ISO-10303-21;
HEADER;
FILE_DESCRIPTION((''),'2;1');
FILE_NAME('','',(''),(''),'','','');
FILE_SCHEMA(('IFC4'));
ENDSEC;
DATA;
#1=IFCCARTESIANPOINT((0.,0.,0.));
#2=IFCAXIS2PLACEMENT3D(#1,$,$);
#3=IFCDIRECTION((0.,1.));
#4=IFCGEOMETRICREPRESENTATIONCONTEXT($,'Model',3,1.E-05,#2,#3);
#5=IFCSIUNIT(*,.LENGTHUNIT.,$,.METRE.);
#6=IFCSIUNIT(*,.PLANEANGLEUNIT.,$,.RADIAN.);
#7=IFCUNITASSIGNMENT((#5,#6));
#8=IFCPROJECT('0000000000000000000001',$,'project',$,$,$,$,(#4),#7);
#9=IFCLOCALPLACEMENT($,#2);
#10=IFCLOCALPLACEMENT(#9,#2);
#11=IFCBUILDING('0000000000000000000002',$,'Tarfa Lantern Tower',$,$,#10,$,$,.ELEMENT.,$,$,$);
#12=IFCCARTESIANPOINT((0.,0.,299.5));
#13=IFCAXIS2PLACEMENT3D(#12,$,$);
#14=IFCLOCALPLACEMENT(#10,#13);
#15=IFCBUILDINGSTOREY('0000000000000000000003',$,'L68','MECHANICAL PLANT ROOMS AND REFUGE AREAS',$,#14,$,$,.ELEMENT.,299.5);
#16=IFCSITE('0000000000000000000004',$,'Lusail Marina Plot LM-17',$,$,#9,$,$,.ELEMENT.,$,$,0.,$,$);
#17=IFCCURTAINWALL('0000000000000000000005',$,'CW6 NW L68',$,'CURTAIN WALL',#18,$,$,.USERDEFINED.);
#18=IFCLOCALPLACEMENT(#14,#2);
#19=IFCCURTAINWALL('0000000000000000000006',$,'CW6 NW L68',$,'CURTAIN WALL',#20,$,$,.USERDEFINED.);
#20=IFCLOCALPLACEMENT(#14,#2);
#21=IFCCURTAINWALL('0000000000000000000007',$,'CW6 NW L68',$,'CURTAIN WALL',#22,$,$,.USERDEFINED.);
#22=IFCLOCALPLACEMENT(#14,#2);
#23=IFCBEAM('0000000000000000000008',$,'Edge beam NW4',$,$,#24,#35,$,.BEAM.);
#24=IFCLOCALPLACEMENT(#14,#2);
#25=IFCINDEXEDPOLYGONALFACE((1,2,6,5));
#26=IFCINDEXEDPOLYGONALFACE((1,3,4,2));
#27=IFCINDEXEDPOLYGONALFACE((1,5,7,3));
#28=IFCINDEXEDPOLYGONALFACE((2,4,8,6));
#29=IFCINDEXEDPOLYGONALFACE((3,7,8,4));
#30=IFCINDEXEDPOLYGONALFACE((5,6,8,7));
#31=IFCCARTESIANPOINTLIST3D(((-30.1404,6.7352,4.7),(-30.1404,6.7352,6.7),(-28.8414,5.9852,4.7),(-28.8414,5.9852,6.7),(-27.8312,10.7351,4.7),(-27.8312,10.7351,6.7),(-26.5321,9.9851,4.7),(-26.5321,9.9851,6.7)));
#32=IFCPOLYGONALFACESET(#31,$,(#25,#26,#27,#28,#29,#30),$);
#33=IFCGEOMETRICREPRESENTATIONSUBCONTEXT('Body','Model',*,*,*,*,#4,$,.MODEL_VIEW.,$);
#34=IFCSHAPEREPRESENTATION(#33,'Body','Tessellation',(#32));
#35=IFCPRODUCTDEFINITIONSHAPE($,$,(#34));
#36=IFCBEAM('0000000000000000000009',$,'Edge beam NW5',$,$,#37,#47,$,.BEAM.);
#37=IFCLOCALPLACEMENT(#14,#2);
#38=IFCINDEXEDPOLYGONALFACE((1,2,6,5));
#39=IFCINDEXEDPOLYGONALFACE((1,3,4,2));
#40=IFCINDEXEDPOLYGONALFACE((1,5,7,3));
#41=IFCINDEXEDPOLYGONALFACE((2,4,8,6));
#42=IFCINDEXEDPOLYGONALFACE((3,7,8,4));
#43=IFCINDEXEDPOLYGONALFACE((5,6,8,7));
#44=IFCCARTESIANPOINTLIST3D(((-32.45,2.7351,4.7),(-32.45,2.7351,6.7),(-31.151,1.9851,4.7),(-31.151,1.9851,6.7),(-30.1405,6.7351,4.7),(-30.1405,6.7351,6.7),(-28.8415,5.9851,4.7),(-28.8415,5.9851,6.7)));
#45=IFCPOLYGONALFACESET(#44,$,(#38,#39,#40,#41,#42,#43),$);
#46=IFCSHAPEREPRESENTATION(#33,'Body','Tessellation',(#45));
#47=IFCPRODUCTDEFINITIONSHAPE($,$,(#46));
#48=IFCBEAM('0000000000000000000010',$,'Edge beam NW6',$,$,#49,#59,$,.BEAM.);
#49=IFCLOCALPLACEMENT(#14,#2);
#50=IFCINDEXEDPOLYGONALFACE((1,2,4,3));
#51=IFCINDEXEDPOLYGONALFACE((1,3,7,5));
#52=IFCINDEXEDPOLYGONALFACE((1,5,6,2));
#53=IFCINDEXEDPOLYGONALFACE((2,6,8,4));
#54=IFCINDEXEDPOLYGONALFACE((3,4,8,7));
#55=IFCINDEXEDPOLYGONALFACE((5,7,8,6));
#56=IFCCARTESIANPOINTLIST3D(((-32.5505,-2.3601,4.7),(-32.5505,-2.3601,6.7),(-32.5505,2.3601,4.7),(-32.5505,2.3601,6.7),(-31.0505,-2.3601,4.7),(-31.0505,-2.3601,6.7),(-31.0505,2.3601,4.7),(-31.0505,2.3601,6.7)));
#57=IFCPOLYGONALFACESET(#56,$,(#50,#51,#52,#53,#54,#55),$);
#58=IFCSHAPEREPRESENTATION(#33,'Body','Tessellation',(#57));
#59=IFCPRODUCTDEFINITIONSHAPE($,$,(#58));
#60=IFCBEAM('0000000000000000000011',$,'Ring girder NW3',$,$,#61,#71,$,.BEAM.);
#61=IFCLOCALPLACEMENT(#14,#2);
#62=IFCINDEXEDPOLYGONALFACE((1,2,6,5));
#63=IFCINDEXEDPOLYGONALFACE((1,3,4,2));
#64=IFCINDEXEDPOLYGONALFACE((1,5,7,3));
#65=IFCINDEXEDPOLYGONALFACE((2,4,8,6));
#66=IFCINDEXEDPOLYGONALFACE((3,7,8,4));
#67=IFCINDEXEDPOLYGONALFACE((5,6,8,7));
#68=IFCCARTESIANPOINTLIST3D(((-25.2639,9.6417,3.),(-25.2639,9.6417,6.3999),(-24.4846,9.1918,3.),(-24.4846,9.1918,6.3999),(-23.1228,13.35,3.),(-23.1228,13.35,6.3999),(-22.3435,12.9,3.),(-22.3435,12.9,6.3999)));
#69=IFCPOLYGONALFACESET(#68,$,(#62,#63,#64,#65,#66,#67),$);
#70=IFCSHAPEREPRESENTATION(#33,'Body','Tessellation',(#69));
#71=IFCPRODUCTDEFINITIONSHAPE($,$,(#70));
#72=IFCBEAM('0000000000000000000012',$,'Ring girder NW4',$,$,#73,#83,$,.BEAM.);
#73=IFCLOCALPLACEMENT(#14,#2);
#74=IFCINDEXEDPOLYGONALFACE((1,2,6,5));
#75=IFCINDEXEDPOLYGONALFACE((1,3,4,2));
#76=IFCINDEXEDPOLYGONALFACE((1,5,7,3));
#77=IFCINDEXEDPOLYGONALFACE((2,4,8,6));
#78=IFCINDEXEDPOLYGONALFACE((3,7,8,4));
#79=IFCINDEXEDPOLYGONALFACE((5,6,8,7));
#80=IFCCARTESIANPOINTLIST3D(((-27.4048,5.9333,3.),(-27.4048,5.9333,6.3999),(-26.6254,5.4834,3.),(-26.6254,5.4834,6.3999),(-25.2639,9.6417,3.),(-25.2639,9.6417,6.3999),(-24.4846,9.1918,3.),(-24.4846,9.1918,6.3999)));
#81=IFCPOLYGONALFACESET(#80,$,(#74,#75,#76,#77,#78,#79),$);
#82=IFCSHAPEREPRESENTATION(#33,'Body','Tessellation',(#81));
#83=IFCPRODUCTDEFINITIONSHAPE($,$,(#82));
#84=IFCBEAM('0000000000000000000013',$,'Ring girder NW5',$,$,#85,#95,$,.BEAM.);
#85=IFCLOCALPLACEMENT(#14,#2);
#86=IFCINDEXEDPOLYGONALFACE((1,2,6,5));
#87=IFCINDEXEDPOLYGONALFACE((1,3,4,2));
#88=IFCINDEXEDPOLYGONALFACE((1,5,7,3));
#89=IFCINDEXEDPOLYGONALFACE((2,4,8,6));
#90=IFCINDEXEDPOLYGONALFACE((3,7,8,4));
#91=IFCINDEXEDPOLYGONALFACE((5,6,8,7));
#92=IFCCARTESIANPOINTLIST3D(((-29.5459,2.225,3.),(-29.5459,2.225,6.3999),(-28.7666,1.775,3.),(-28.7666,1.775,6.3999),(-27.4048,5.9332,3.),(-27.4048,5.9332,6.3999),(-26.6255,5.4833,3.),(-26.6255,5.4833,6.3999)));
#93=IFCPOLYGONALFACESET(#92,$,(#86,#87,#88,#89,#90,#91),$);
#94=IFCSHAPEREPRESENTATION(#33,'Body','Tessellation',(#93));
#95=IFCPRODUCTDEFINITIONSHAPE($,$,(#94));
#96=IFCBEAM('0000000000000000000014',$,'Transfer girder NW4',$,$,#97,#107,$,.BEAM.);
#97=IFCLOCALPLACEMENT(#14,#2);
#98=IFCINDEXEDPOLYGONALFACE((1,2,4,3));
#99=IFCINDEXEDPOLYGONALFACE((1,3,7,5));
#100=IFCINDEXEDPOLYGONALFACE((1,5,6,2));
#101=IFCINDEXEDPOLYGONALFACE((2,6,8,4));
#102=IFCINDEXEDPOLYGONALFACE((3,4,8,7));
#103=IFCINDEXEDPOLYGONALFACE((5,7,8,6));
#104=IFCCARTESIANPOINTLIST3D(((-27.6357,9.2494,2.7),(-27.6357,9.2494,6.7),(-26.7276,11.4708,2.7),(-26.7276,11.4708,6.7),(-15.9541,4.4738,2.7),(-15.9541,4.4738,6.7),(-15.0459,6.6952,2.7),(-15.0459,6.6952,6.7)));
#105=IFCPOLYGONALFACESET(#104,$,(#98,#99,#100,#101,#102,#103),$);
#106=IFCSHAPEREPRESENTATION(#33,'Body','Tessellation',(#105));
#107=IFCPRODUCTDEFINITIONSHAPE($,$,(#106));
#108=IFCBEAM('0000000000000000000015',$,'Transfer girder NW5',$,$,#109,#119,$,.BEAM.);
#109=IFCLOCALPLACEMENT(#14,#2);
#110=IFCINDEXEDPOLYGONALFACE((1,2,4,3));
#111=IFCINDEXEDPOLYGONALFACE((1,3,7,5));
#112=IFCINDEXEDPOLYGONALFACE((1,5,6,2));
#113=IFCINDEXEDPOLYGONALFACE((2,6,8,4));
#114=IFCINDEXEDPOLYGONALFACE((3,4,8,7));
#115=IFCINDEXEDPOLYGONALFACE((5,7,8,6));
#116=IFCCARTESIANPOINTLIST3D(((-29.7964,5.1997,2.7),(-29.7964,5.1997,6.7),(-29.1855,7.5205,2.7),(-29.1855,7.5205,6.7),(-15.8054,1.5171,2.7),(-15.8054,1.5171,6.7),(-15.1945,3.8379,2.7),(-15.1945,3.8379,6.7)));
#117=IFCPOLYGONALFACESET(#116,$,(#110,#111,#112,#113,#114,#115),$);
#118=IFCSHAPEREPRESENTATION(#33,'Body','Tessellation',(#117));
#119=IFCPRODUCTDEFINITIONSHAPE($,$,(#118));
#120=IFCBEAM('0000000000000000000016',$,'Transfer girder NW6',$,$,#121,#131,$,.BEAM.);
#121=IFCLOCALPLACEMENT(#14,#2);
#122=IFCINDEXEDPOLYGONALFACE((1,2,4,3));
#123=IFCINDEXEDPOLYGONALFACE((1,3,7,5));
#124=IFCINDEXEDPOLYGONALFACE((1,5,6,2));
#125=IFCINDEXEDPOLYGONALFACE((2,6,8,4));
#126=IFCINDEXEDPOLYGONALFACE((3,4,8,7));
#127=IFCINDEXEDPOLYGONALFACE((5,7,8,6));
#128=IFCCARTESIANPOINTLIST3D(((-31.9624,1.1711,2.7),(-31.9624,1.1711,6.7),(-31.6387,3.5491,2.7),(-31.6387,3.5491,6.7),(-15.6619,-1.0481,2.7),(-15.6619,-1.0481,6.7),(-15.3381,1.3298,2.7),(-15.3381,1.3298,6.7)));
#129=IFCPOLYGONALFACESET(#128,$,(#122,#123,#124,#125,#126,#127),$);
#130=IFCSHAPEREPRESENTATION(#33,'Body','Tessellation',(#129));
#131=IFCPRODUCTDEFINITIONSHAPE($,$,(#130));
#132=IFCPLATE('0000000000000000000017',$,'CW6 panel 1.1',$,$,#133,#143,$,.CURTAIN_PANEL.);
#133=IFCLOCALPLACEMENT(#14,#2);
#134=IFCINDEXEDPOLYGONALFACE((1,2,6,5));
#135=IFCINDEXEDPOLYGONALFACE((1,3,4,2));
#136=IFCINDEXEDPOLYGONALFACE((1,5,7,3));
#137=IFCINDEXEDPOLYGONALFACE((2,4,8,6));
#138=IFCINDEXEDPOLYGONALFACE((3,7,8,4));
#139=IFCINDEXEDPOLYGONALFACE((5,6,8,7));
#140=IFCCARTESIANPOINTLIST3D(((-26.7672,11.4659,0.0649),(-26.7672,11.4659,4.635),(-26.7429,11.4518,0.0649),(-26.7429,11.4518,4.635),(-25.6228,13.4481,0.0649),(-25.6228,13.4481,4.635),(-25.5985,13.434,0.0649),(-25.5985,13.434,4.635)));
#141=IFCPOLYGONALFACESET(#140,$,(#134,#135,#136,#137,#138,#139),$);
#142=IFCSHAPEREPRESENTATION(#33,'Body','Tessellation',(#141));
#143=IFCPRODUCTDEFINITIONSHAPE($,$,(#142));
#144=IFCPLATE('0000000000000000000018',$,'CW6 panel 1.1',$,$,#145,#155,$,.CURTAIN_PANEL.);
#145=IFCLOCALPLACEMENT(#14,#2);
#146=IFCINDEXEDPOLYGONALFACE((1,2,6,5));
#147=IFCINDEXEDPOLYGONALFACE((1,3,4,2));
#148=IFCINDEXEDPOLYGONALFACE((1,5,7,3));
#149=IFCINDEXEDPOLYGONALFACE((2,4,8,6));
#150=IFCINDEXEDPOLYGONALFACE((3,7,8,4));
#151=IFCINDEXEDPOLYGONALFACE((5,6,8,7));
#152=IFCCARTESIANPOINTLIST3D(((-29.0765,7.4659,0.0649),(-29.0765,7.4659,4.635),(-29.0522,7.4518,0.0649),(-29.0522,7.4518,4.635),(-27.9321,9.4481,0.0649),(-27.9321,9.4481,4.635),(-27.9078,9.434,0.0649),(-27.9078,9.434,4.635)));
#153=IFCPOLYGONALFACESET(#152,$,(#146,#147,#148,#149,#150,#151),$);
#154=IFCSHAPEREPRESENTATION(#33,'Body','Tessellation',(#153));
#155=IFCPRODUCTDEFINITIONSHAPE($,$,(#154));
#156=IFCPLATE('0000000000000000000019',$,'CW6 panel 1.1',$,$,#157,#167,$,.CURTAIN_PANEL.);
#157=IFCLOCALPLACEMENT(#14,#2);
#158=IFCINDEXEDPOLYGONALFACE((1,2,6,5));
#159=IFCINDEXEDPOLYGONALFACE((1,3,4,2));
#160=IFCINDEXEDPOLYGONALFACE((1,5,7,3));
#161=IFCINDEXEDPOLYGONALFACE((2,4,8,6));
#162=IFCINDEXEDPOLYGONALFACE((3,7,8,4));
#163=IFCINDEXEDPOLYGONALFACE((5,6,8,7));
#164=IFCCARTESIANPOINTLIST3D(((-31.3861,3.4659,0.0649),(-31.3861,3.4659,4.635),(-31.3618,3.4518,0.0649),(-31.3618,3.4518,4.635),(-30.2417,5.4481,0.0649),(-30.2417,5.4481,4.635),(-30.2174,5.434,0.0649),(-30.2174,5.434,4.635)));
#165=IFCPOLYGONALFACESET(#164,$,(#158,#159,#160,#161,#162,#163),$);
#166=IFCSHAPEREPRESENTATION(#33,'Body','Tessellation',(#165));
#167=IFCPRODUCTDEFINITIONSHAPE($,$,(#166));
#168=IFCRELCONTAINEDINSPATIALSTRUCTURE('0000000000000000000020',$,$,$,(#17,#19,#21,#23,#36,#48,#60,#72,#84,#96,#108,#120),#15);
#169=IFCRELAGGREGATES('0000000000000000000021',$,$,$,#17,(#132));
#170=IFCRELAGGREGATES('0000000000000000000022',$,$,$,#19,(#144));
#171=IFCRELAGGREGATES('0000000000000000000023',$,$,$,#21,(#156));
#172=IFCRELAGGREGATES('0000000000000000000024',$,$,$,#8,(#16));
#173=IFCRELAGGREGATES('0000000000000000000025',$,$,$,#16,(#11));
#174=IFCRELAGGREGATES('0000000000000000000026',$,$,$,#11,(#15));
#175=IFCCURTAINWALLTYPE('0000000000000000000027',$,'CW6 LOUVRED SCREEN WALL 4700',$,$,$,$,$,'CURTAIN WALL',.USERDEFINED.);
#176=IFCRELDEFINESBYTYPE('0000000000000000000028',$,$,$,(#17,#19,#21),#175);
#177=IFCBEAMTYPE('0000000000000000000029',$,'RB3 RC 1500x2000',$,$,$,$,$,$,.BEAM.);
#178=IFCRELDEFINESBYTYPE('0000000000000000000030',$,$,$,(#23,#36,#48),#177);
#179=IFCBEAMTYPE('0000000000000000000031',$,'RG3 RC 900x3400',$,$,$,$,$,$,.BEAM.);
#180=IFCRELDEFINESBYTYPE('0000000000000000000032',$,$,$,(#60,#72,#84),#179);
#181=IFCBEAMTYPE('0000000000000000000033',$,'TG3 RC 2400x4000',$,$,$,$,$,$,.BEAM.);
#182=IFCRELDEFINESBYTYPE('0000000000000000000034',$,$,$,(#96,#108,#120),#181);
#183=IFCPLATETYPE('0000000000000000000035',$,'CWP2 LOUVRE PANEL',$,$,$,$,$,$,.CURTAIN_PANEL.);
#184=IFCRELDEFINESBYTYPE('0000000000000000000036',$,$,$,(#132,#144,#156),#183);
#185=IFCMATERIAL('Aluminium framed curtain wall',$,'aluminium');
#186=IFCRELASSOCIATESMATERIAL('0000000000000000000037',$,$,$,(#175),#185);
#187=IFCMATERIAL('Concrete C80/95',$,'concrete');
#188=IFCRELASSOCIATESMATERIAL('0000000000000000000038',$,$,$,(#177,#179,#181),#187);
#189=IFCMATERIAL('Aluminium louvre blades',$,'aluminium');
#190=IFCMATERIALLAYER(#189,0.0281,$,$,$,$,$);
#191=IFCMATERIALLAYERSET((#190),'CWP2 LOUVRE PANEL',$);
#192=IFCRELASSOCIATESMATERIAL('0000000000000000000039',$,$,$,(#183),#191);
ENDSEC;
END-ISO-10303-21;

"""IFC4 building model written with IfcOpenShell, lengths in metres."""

from ifc_helpers import new_model, si_unit, direction, frame, origin, origin_2d, place, context, subcontext, project, spatial, rectangle, extrude, material, layer, layer_set, material_profile, profile_set, type_object, element, aggregate, save


model = new_model("IFC4")

# Units and contexts
model_context = context("Model", 3, precision=1e-05, world=origin(), true_north=direction((0.0, 1.0)))
body_context = subcontext(model_context, "Body", "Model", "MODEL_VIEW")
ifc_project = project(units=[si_unit("LENGTHUNIT", "METRE"), si_unit("PLANEANGLEUNIT", "RADIAN")], contexts=[model_context])

# Site, building, storey
site_placement = place(None, origin())
site = spatial("IfcSite", under=ifc_project, at=site_placement, Name="Lusail Marina Plot LM-17", CompositionType="ELEMENT", RefElevation=0.0)
building_placement = place(site_placement, origin())
building = spatial("IfcBuilding", under=site, at=building_placement, Name="Tarfa Lantern Tower", CompositionType="ELEMENT")
storey_placement = place(building_placement, frame((0.0, 0.0, 299.5)))
storey = spatial("IfcBuildingStorey", under=building, at=storey_placement, Name="L68", Description="MECHANICAL PLANT ROOMS AND REFUGE AREAS", CompositionType="ELEMENT", Elevation=299.5)

# Shared definitions
ifc_material_1 = material(Name="Concrete C80/95", Category="concrete")

# Curtain wall
ifc_material_2 = material(Name="Aluminium framed curtain wall", Category="aluminium")
curtain_wall_type = type_object("IfcCurtainWallType", Name="CW6 LOUVRED SCREEN WALL 4700", ElementType="CURTAIN WALL", PredefinedType="USERDEFINED", material=ifc_material_2)
curtain_wall_1_placement = place(storey_placement, origin())
curtain_wall_1 = element("IfcCurtainWall", 1, at=curtain_wall_1_placement, inside=storey, type_object=curtain_wall_type, Name="CW6 NW L68", ObjectType="CURTAIN WALL", PredefinedType="USERDEFINED")

# Curtain walls
curtain_wall_2_placement = place(storey_placement, origin())
curtain_wall_2 = element("IfcCurtainWall", 2, at=curtain_wall_2_placement, inside=storey, type_object=curtain_wall_type, Name="CW6 NW L68", ObjectType="CURTAIN WALL", PredefinedType="USERDEFINED")
curtain_wall_3_placement = place(storey_placement, origin())
curtain_wall_3 = element("IfcCurtainWall", 3, at=curtain_wall_3_placement, inside=storey, type_object=curtain_wall_type, Name="CW6 NW L68", ObjectType="CURTAIN WALL", PredefinedType="USERDEFINED")

# Beams
ifc_material_profile_1 = material_profile(ifc_material_1, rectangle(XDim=1.5, YDim=2.0, at=origin_2d()), Name="RC 1500x2000")
ifc_profile_set_1 = profile_set([ifc_material_profile_1], Name="Concrete C80/95")
beam_type_1 = type_object("IfcBeamType", Name="RB3 RC 1500x2000", PredefinedType="BEAM", material=ifc_profile_set_1)
beam_1_placement = place(storey_placement, frame((-27.1816, 10.3601, 5.7), z_axis=(-0.499988, -0.866032, 0.0), x_axis=(0.866032, -0.499988, 0.0)))
element("IfcBeam", 4, at=beam_1_placement, inside=storey, type_object=beam_type_1, Name="Edge beam NW4", PredefinedType="BEAM", context=body_context, shape_type="SweptSolid", body=[
    extrude(rectangle(XDim=1.5, YDim=2.0, at=origin_2d()), origin(), (0.0, 0.0, 1.0), 4.6187),
])
beam_2_placement = place(storey_placement, frame((-29.491, 6.3601, 5.7), z_axis=(-0.500027, -0.86601, 0.0), x_axis=(0.86601, -0.500027, 0.0)))
element("IfcBeam", 5, at=beam_2_placement, inside=storey, type_object=beam_type_1, Name="Edge beam NW5", PredefinedType="BEAM", context=body_context, shape_type="SweptSolid", body=[
    extrude(rectangle(XDim=1.5, YDim=2.0, at=origin_2d()), origin(), (0.0, 0.0, 1.0), 4.6189),
])
beam_3_placement = place(storey_placement, frame((-31.8005, 2.3601, 5.7), z_axis=(0.0, -1.0, 0.0), x_axis=(1.0, 0.0, 0.0)))
element("IfcBeam", 6, at=beam_3_placement, inside=storey, type_object=beam_type_1, Name="Edge beam NW6", PredefinedType="BEAM", context=body_context, shape_type="SweptSolid", body=[
    extrude(rectangle(XDim=1.5, YDim=2.0, at=origin_2d()), origin(), (0.0, 0.0, 1.0), 4.7202),
])
ifc_material_profile_2 = material_profile(ifc_material_1, rectangle(XDim=0.8999, YDim=3.3999, at=origin_2d()), Name="RC 900x3400")
ifc_profile_set_2 = profile_set([ifc_material_profile_2], Name="Concrete C80/95")
beam_type_2 = type_object("IfcBeamType", Name="RG3 RC 900x3400", PredefinedType="BEAM", material=ifc_profile_set_2)
for number, where, z_axis, x_axis, name in (
    (7, (-22.7332, 13.125, 4.7), (-0.500027, -0.86601, 0.0), (0.86601, -0.500027, 0.0), "Ring girder NW3"),
    (8, (-24.8743, 9.4167, 4.7), (-0.499959, -0.866049, 0.0), (0.866049, -0.499959, 0.0), "Ring girder NW4"),
    (9, (-27.0151, 5.7083, 4.7), (-0.500027, -0.86601, 0.0), (0.86601, -0.500027, 0.0), "Ring girder NW5"),
):
    element("IfcBeam", number, at=place(storey_placement, frame(where, z_axis=z_axis, x_axis=x_axis)), inside=storey, type_object=beam_type_2, Name=name, PredefinedType="BEAM", context=body_context, shape_type="SweptSolid", body=[
        extrude(rectangle(XDim=0.8999, YDim=3.3999, at=origin_2d()), origin(), (0.0, 0.0, 1.0), 4.282),
    ])
ifc_material_profile_3 = material_profile(ifc_material_1, rectangle(XDim=2.3999, YDim=4.0, at=origin_2d()), Name="RC 2400x4000")
ifc_profile_set_3 = profile_set([ifc_material_profile_3], Name="Concrete C80/95")
beam_type_3 = type_object("IfcBeamType", Name="TG3 RC 2400x4000", PredefinedType="BEAM", material=ifc_profile_set_3)
beam_4_placement = place(storey_placement, frame((-27.1816, 10.3601, 4.7), z_axis=(0.925636, -0.378414, 0.0), x_axis=(0.378414, 0.925636, 0.0)))
element("IfcBeam", 10, at=beam_4_placement, inside=storey, type_object=beam_type_3, Name="Transfer girder NW4", PredefinedType="BEAM", context=body_context, shape_type="SweptSolid", body=[
    extrude(rectangle(XDim=2.3999, YDim=4.0, at=origin_2d()), origin(), (0.0, 0.0, 1.0), 12.6201),
])
beam_5_placement = place(storey_placement, frame((-29.491, 6.3601, 4.7), z_axis=(0.967061, -0.254544, 0.0), x_axis=(0.254544, 0.967061, 0.0)))
element("IfcBeam", 11, at=beam_5_placement, inside=storey, type_object=beam_type_3, Name="Transfer girder NW5", PredefinedType="BEAM", context=body_context, shape_type="SweptSolid", body=[
    extrude(rectangle(XDim=2.3999, YDim=4.0, at=origin_2d()), origin(), (0.0, 0.0, 1.0), 14.4675),
])
beam_6_placement = place(storey_placement, frame((-31.8005, 2.3601, 4.7), z_axis=(0.990859, -0.134901, 0.0), x_axis=(0.134901, 0.990859, 0.0)))
element("IfcBeam", 12, at=beam_6_placement, inside=storey, type_object=beam_type_3, Name="Transfer girder NW6", PredefinedType="BEAM", context=body_context, shape_type="SweptSolid", body=[
    extrude(rectangle(XDim=2.3999, YDim=4.0, at=origin_2d()), origin(), (0.0, 0.0, 1.0), 16.4509),
])

# Plates
ifc_material_3 = material(Name="Aluminium louvre blades", Category="aluminium")
ifc_layer = layer(ifc_material_3, 0.0281)
ifc_layer_set = layer_set([ifc_layer], Name="CWP2 LOUVRE PANEL")
plate_type = type_object("IfcPlateType", Name="CWP2 LOUVRE PANEL", PredefinedType="CURTAIN_PANEL", material=ifc_layer_set)
plate_1_placement = place(storey_placement, frame((-26.1829, 12.45, 0.0649), z_axis=(0.0, 0.0, 1.0), x_axis=(-0.5, -0.866025, 0.0)))
plate_1 = element("IfcPlate", 13, at=plate_1_placement, type_object=plate_type, Name="CW6 panel 1.1", PredefinedType="CURTAIN_PANEL", context=body_context, shape_type="SweptSolid", body=[
    extrude(rectangle(XDim=2.2888, YDim=0.0281, at=origin_2d()), origin(), (0.0, 0.0, 1.0), 4.5701),
])
aggregate(curtain_wall_1, [plate_1])
plate_2_placement = place(storey_placement, frame((-28.4922, 8.45, 0.0649), z_axis=(0.0, 0.0, 1.0), x_axis=(-0.5, -0.866025, 0.0)))
plate_2 = element("IfcPlate", 14, at=plate_2_placement, type_object=plate_type, Name="CW6 panel 1.1", PredefinedType="CURTAIN_PANEL", context=body_context, shape_type="SweptSolid", body=[
    extrude(rectangle(XDim=2.2888, YDim=0.0281, at=origin_2d()), origin(), (0.0, 0.0, 1.0), 4.5701),
])
aggregate(curtain_wall_2, [plate_2])
plate_3_placement = place(storey_placement, frame((-30.8018, 4.45, 0.0649), z_axis=(0.0, 0.0, 1.0), x_axis=(-0.5, -0.866025, 0.0)))
plate_3 = element("IfcPlate", 15, at=plate_3_placement, type_object=plate_type, Name="CW6 panel 1.1", PredefinedType="CURTAIN_PANEL", context=body_context, shape_type="SweptSolid", body=[
    extrude(rectangle(XDim=2.2888, YDim=0.0281, at=origin_2d()), origin(), (0.0, 0.0, 1.0), 4.5701),
])
aggregate(curtain_wall_3, [plate_3])

save(model, "model.ifc")
